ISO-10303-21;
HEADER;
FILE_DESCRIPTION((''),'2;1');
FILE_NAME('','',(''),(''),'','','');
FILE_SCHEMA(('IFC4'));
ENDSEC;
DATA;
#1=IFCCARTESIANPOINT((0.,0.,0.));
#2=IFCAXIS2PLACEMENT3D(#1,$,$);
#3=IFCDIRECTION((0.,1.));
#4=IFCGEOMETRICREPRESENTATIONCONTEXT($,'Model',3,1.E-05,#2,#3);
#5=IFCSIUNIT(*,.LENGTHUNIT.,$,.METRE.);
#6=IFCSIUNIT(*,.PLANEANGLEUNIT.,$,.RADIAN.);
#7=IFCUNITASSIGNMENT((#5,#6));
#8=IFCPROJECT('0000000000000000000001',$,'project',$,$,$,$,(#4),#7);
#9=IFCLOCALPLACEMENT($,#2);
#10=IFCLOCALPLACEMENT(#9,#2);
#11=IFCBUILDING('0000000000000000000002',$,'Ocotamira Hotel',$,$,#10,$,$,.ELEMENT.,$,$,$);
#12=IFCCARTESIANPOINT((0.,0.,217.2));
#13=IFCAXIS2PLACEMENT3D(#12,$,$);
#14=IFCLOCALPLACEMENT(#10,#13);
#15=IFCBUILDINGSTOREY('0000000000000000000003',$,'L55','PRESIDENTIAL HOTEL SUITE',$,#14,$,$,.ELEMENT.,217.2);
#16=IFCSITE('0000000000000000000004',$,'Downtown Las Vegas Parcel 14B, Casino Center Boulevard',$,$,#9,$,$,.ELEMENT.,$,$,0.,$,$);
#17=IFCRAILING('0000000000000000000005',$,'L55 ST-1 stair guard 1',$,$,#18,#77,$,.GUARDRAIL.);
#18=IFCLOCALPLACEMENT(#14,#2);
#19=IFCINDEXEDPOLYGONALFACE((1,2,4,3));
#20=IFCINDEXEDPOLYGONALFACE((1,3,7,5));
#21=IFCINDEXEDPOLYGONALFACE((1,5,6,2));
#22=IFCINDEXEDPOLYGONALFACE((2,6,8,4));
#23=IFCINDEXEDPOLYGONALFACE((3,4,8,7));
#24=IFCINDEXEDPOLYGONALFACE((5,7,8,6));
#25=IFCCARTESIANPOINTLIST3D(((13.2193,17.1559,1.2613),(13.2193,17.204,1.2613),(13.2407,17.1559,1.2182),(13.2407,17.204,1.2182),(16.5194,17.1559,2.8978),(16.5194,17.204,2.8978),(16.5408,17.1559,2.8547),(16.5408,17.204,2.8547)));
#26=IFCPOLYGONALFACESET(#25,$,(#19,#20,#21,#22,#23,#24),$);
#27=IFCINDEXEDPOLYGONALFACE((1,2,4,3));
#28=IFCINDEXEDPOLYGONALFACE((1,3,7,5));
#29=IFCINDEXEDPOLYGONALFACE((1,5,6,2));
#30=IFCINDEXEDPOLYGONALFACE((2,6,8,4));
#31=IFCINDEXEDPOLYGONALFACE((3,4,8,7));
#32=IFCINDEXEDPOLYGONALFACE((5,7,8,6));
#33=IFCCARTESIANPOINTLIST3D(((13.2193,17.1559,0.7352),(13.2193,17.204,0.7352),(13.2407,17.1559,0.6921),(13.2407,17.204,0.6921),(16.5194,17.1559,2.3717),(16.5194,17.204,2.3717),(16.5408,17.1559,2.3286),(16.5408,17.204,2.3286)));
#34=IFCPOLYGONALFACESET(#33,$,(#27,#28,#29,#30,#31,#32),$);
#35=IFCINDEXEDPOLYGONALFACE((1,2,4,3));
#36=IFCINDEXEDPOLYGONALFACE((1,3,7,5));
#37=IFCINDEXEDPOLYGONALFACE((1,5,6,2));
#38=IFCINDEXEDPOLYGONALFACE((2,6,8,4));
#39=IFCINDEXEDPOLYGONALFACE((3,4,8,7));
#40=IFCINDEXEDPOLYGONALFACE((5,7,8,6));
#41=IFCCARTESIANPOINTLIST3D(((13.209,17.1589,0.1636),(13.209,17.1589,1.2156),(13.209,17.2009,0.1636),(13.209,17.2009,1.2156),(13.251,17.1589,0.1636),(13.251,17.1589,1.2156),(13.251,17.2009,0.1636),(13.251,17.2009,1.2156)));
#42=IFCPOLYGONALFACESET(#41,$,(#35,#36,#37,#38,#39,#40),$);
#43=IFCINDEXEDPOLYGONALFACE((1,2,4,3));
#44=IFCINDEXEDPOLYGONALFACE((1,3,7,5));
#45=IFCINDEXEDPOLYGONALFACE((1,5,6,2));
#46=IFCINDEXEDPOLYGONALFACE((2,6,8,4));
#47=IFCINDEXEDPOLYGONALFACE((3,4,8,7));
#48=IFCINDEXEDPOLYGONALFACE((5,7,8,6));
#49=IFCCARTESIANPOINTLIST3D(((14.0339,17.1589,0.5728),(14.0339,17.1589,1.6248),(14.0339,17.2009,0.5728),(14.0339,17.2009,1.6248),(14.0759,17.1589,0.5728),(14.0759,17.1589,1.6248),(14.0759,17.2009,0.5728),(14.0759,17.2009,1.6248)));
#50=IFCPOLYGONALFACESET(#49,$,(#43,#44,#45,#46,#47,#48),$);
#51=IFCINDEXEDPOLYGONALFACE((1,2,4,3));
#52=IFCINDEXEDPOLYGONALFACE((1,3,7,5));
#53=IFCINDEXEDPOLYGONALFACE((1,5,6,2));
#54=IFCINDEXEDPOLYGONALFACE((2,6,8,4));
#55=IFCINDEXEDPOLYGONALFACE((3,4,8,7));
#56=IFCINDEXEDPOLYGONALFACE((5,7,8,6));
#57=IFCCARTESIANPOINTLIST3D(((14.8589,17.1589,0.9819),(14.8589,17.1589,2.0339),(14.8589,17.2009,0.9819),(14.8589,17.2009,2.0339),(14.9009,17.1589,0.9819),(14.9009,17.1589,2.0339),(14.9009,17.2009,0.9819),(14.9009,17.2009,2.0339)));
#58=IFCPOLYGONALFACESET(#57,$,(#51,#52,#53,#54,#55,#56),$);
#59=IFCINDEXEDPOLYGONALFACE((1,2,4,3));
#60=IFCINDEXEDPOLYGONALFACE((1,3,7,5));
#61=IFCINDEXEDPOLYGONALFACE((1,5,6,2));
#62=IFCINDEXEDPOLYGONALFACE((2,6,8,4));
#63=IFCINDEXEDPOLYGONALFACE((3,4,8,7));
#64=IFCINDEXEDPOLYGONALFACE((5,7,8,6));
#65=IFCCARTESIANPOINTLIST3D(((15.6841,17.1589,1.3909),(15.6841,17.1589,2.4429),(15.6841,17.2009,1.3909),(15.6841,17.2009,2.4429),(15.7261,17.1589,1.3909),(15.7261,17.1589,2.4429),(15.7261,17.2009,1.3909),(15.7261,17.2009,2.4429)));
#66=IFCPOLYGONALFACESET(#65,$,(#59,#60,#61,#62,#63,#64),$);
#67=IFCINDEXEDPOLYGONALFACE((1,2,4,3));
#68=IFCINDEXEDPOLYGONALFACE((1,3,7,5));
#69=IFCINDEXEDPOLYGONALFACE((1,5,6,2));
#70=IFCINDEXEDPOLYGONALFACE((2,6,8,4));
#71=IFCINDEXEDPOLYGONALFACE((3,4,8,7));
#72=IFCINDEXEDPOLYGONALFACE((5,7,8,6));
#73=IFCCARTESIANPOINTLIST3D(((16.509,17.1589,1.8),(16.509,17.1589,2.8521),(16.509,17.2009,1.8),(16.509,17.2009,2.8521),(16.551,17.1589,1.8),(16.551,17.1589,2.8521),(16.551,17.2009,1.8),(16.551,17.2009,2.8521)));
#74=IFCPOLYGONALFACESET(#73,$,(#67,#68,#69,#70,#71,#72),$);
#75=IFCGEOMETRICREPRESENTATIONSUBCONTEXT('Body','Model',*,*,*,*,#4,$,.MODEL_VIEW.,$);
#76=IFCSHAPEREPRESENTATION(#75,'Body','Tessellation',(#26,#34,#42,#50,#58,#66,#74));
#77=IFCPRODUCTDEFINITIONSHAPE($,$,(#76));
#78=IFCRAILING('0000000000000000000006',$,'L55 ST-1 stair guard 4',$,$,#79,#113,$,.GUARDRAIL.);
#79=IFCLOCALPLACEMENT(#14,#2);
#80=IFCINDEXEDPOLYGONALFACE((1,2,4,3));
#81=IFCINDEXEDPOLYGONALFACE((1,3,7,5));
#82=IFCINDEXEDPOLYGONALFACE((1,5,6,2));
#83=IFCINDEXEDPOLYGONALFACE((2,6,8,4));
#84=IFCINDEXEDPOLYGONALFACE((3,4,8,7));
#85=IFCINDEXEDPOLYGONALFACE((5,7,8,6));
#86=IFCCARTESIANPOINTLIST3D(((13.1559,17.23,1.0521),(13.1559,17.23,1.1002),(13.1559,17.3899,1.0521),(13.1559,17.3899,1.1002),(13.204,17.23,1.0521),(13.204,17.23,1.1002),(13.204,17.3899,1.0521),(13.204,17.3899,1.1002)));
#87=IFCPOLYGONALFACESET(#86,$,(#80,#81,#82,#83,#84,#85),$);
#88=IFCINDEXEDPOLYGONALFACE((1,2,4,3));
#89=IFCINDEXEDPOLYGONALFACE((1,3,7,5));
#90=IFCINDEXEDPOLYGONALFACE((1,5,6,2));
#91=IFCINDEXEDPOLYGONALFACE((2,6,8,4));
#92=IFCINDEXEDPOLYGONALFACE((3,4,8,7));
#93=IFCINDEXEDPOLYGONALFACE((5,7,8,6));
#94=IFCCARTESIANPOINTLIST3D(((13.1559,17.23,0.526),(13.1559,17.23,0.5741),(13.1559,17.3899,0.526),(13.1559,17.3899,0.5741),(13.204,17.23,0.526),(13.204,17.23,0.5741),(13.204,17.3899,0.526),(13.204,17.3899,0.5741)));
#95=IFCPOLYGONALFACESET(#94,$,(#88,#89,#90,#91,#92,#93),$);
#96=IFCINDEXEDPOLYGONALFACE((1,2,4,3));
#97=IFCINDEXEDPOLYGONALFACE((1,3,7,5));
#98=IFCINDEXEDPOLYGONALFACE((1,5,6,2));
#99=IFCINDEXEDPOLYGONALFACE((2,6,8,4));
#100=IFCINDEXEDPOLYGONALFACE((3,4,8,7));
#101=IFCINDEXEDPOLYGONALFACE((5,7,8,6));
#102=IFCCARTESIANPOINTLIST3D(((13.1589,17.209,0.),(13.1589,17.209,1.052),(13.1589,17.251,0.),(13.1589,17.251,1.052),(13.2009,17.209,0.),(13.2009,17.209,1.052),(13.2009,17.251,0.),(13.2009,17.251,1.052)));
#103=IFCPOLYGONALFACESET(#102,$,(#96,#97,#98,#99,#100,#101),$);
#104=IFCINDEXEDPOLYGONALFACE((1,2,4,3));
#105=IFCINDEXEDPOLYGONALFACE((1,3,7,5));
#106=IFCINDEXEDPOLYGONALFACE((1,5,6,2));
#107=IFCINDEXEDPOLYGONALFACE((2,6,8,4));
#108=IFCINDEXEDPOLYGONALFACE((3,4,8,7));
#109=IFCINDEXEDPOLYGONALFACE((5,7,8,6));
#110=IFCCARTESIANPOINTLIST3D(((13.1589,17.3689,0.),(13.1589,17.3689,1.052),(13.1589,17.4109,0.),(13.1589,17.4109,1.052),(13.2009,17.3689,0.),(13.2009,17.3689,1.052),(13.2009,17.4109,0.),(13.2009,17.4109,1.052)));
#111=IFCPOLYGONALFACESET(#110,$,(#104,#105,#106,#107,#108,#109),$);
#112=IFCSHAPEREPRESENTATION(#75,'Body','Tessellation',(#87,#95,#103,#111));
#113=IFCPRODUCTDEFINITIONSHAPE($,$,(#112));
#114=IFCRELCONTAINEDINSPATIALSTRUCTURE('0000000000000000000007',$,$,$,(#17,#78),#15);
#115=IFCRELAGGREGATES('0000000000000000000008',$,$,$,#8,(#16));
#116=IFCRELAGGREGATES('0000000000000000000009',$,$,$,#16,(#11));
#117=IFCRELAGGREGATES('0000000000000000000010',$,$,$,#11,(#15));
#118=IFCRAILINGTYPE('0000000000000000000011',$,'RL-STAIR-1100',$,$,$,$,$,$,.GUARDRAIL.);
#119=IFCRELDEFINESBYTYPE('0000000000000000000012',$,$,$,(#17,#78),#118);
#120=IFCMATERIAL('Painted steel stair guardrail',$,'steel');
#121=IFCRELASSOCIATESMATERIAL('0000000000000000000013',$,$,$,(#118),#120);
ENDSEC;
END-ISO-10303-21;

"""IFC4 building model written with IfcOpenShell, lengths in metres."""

from ifc_helpers import new_model, si_unit, direction, frame, origin, origin_2d, place, context, subcontext, project, spatial, rectangle, extrude, material, type_object, element, save


model = new_model("IFC4")

# Units and contexts
model_context = context("Model", 3, precision=1e-05, world=origin(), true_north=direction((0.0, 1.0)))
body_context = subcontext(model_context, "Body", "Model", "MODEL_VIEW")
ifc_project = project(units=[si_unit("LENGTHUNIT", "METRE"), si_unit("PLANEANGLEUNIT", "RADIAN")], contexts=[model_context])

# Site, building, storey
site_placement = place(None, origin())
site = spatial("IfcSite", under=ifc_project, at=site_placement, Name="Downtown Las Vegas Parcel 14B, Casino Center Boulevard", CompositionType="ELEMENT", RefElevation=0.0)
building_placement = place(site_placement, origin())
building = spatial("IfcBuilding", under=site, at=building_placement, Name="Ocotamira Hotel", CompositionType="ELEMENT")
storey_placement = place(building_placement, frame((0.0, 0.0, 217.2)))
storey = spatial("IfcBuildingStorey", under=building, at=storey_placement, Name="L55", Description="PRESIDENTIAL HOTEL SUITE", CompositionType="ELEMENT", Elevation=217.2)

# Railings
ifc_material_1 = material(Name="Painted steel stair guardrail", Category="steel")
railing_type_1 = type_object("IfcRailingType", Name="RL-STAIR-1100", PredefinedType="GUARDRAIL", material=ifc_material_1)
railing_1_placement = place(storey_placement, frame((13.23, 17.1799, 0.1636)))
element("IfcRailing", 1, at=railing_1_placement, inside=storey, type_object=railing_type_1, Name="L55 ST-1 stair guard 1", PredefinedType="GUARDRAIL", context=body_context, shape_type="SweptSolid", body=[
    extrude(rectangle(XDim=0.0481, YDim=0.0481, at=origin_2d()), frame((0.0, 0.0, 1.0762), z_axis=(0.895894, 0.0, 0.444268), x_axis=(0.0, 1.0, 0.0)), (0.0, 0.0, 1.0), 3.6836),
    extrude(rectangle(XDim=0.0481, YDim=0.0481, at=origin_2d()), frame((0.0, 0.0, 0.55), z_axis=(0.895894, 0.0, 0.444268), x_axis=(0.0, 1.0, 0.0)), (0.0, 0.0, 1.0), 3.6836),
    extrude(rectangle(XDim=0.042, YDim=0.042, at=origin_2d()), origin(), (0.0, 0.0, 1.0), 1.052),
    extrude(rectangle(XDim=0.042, YDim=0.042, at=origin_2d()), frame((0.825, 0.0, 0.4092)), (0.0, 0.0, 1.0), 1.052),
    extrude(rectangle(XDim=0.042, YDim=0.042, at=origin_2d()), frame((1.6499, 0.0, 0.8184)), (0.0, 0.0, 1.0), 1.052),
    extrude(rectangle(XDim=0.042, YDim=0.042, at=origin_2d()), frame((2.4751, 0.0, 1.2273)), (0.0, 0.0, 1.0), 1.052),
    extrude(rectangle(XDim=0.042, YDim=0.042, at=origin_2d()), frame((3.3, 0.0, 1.6365)), (0.0, 0.0, 1.0), 1.052),
])
railing_2_placement = place(storey_placement, frame((13.1799, 17.23, 0.0)))
element("IfcRailing", 2, at=railing_2_placement, inside=storey, type_object=railing_type_1, Name="L55 ST-1 stair guard 4", PredefinedType="GUARDRAIL", context=body_context, shape_type="SweptSolid", body=[
    extrude(rectangle(XDim=0.0481, YDim=0.0481, at=origin_2d()), frame((0.0, 0.0, 1.0762), z_axis=(0.0, 1.0, 0.0), x_axis=(-1.0, 0.0, 0.0)), (0.0, 0.0, 1.0), 0.1599),
    extrude(rectangle(XDim=0.0481, YDim=0.0481, at=origin_2d()), frame((0.0, 0.0, 0.55), z_axis=(0.0, 1.0, 0.0), x_axis=(-1.0, 0.0, 0.0)), (0.0, 0.0, 1.0), 0.1599),
    extrude(rectangle(XDim=0.042, YDim=0.042, at=origin_2d()), origin(), (0.0, 0.0, 1.0), 1.052),
    extrude(rectangle(XDim=0.042, YDim=0.042, at=origin_2d()), frame((0.0, 0.1599, 0.0)), (0.0, 0.0, 1.0), 1.052),
])

save(model, "model.ifc")
